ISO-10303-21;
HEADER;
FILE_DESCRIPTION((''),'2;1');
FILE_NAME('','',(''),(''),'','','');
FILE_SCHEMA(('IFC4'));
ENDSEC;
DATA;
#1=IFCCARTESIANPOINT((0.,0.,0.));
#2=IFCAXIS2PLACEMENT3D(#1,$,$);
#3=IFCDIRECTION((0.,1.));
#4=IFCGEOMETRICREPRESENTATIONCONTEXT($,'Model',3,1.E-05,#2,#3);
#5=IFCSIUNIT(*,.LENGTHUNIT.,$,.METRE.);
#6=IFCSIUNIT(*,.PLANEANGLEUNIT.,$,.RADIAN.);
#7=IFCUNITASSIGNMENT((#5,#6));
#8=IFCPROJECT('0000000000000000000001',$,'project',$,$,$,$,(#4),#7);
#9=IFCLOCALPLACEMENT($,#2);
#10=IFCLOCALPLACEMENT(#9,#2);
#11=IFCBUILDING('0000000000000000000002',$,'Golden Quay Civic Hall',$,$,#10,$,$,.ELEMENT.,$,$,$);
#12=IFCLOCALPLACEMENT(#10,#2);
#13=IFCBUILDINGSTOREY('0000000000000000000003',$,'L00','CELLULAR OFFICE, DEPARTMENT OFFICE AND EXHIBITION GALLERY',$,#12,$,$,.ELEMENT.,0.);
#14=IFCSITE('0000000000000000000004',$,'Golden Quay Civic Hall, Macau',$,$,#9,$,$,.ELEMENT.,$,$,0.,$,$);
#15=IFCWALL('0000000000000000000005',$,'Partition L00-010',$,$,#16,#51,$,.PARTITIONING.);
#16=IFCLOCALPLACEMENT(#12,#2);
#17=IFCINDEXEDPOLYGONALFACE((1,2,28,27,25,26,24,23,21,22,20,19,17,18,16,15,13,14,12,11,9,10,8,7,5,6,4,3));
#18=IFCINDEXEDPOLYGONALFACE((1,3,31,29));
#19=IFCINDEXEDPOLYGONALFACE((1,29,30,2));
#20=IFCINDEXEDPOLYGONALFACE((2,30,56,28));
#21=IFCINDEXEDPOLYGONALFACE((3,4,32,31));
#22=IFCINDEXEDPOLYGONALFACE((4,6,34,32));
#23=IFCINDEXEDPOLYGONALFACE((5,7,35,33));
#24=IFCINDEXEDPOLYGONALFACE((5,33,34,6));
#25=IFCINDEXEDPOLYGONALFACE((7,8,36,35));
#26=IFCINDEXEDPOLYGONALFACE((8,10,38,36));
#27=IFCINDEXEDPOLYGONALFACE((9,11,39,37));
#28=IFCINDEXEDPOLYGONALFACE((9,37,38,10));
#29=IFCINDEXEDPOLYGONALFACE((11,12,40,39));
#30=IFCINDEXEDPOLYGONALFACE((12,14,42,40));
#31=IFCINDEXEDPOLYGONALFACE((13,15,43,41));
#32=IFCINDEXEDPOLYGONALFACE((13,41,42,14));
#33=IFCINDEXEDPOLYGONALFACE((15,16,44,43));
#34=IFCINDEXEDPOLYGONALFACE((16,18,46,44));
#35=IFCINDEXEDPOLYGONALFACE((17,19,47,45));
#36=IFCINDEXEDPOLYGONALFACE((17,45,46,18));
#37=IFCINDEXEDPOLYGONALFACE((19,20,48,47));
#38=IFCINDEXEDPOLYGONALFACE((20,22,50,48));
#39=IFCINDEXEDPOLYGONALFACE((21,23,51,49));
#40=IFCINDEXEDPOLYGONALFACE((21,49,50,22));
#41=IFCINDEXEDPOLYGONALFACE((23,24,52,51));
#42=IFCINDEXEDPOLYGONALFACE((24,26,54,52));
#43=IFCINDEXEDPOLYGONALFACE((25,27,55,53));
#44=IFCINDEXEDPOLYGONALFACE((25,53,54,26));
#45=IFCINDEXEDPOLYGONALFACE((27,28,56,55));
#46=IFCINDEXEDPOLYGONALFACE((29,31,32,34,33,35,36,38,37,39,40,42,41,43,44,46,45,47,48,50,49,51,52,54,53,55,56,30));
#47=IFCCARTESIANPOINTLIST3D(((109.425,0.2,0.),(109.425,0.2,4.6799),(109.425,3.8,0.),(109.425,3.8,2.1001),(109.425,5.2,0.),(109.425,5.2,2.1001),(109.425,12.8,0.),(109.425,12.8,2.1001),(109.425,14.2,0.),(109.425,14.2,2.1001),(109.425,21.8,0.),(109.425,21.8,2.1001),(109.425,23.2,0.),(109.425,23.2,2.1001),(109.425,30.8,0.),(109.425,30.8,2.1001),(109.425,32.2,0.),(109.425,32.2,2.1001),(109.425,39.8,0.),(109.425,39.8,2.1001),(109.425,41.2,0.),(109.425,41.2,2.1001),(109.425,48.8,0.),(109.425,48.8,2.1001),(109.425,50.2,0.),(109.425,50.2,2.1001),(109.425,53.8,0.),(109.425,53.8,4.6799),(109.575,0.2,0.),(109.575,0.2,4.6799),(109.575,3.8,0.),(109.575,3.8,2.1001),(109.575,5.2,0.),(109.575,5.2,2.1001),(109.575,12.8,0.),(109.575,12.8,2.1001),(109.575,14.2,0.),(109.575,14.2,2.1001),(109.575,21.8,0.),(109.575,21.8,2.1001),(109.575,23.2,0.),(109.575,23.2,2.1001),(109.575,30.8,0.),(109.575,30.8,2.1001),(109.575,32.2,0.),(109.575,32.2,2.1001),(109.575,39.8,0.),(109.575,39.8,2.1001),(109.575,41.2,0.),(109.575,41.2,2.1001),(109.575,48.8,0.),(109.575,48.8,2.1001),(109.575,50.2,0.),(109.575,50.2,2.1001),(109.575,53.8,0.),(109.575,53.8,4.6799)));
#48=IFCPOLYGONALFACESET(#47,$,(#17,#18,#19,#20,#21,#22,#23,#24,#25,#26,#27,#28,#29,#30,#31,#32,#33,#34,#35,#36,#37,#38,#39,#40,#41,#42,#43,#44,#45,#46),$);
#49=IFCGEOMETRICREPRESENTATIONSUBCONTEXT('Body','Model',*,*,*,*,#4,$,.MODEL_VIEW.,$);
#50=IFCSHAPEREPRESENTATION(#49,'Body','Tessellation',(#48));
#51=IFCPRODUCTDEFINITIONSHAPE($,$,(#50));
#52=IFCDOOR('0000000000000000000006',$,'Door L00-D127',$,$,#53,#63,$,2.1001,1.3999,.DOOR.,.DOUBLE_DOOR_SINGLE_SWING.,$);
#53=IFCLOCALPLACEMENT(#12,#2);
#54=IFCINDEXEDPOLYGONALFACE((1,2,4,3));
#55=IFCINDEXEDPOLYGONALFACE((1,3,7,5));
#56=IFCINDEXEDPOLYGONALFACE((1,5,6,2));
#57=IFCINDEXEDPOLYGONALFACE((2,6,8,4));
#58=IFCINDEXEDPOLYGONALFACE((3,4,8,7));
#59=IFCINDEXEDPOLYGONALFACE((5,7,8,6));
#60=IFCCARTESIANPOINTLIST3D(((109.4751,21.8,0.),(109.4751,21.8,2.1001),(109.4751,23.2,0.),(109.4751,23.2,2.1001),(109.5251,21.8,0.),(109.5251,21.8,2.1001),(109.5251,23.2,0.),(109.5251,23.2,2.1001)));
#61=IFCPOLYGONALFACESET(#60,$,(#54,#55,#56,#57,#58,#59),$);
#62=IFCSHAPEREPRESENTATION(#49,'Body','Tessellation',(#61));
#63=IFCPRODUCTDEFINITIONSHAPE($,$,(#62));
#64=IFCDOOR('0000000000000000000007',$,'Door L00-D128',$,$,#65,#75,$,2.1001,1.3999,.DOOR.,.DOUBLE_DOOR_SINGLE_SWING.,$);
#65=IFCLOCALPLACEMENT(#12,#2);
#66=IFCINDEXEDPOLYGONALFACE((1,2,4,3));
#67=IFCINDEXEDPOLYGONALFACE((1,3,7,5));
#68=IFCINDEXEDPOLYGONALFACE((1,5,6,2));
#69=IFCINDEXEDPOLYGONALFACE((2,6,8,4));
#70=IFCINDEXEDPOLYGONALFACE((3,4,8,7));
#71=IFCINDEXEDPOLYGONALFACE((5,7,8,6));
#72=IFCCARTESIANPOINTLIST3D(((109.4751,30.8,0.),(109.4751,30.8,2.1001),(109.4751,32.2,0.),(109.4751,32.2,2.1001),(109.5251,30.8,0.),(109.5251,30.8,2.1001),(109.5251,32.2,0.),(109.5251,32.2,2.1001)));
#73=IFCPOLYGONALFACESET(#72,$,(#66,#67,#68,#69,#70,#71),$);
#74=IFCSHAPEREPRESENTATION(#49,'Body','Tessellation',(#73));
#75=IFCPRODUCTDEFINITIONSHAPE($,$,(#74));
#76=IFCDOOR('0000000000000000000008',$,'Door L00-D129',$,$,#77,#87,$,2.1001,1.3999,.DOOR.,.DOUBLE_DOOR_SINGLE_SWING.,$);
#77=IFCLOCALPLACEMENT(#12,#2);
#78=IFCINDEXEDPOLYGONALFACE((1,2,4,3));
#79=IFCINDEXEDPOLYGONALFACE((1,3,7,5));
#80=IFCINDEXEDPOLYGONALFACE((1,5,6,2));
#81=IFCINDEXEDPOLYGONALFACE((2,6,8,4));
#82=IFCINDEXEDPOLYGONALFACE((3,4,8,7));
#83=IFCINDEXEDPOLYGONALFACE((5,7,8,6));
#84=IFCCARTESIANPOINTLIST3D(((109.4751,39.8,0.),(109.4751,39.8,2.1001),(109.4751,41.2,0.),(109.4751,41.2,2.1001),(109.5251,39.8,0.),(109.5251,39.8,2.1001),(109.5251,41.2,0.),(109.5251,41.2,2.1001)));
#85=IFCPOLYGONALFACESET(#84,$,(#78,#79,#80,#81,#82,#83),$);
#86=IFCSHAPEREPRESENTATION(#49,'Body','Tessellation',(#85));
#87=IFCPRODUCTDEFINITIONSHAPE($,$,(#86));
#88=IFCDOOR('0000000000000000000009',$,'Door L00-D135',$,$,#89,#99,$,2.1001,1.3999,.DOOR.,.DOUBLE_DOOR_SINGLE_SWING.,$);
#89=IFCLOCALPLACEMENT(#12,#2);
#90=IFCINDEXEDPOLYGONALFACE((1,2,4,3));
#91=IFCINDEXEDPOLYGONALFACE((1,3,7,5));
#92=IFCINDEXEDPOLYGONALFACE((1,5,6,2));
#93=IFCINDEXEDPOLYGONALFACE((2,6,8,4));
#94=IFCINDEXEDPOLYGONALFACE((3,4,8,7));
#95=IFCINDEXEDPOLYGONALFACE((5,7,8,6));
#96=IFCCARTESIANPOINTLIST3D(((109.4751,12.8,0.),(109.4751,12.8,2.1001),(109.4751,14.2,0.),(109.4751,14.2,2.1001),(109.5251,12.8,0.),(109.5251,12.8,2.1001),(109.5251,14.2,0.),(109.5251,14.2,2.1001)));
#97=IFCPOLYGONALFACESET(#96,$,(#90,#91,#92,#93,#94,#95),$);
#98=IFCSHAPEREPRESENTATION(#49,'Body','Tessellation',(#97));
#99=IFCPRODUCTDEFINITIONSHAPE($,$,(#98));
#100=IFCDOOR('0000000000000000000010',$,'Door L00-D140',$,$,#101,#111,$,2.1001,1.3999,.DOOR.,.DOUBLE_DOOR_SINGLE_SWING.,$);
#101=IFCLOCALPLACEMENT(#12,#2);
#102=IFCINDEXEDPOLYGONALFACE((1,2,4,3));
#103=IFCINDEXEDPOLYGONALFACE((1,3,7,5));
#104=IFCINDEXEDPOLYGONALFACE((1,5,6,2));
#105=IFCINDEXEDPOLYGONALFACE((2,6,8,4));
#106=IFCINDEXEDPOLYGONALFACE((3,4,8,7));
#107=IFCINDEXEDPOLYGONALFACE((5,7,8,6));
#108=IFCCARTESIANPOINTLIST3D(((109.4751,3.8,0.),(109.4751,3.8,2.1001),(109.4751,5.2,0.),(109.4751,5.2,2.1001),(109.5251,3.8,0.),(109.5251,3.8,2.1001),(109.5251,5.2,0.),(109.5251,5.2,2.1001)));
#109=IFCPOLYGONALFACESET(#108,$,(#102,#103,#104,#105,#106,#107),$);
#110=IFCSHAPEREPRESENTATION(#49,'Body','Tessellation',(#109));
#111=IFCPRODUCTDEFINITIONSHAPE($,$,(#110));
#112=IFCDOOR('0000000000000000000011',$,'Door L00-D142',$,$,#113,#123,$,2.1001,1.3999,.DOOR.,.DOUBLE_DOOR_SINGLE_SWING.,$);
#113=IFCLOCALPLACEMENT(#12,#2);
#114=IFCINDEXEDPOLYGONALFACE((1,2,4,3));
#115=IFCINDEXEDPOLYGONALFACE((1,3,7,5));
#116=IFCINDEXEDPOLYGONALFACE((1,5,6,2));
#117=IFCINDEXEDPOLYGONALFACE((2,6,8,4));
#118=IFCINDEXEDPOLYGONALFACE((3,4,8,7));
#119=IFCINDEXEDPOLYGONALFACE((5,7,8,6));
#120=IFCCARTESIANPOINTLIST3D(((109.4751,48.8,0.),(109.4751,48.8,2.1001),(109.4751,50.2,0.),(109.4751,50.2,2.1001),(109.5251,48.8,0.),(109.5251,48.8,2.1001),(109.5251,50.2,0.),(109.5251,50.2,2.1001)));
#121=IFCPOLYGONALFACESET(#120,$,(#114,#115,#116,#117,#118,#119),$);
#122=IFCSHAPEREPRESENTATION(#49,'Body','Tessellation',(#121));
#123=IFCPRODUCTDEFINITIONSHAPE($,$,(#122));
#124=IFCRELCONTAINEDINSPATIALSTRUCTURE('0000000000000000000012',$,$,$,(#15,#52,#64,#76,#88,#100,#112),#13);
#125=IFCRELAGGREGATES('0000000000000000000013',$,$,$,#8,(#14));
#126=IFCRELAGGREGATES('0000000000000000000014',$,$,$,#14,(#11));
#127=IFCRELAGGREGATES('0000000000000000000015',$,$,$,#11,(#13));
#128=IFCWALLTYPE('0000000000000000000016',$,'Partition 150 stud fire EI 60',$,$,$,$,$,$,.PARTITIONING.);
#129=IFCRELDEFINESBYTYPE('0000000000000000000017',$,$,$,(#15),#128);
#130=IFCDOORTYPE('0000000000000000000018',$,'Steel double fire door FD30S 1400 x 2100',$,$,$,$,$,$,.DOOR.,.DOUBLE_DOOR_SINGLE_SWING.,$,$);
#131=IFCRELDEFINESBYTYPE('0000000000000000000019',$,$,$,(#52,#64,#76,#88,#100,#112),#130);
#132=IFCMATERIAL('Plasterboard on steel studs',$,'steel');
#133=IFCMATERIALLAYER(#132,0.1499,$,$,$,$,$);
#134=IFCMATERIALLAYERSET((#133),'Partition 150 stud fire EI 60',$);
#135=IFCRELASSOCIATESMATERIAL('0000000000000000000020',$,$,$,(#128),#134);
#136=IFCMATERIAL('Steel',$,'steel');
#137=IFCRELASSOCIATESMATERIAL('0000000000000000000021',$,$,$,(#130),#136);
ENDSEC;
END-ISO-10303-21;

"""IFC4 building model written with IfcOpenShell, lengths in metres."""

from ifc_helpers import new_model, si_unit, direction, frame, frame_2d, origin, place, context, subcontext, project, spatial, rectangle, extrude, material, layer, layer_set, type_object, element, fill, save


model = new_model("IFC4")

# Units and contexts
model_context = context("Model", 3, precision=1e-05, world=origin(), true_north=direction((0.0, 1.0)))
body_context = subcontext(model_context, "Body", "Model", "MODEL_VIEW")
ifc_project = project(units=[si_unit("LENGTHUNIT", "METRE"), si_unit("PLANEANGLEUNIT", "RADIAN")], contexts=[model_context])

# Site, building, storey
site_placement = place(None, origin())
site = spatial("IfcSite", under=ifc_project, at=site_placement, Name="Golden Quay Civic Hall, Macau", CompositionType="ELEMENT", RefElevation=0.0)
building_placement = place(site_placement, origin())
building = spatial("IfcBuilding", under=site, at=building_placement, Name="Golden Quay Civic Hall", CompositionType="ELEMENT")
storey_placement = place(building_placement, origin())
storey = spatial("IfcBuildingStorey", under=building, at=storey_placement, Name="L00", Description="CELLULAR OFFICE, DEPARTMENT OFFICE AND EXHIBITION GALLERY", CompositionType="ELEMENT", Elevation=0.0)

# Wall, openings, doors
ifc_material_1 = material(Name="Plasterboard on steel studs", Category="steel")
ifc_layer_1 = layer(ifc_material_1, 0.1499)
ifc_layer_set_1 = layer_set([ifc_layer_1], Name="Partition 150 stud fire EI 60")
wall_type_1 = type_object("IfcWallType", Name="Partition 150 stud fire EI 60", PredefinedType="PARTITIONING", material=ifc_layer_set_1)
wall_1_placement = place(storey_placement, frame((109.5, 0.2, 0.0), z_axis=(0.0, 0.0, 1.0), x_axis=(0.0, 1.0, 0.0)))
wall_1 = element("IfcWall", 1, at=wall_1_placement, inside=storey, type_object=wall_type_1, Name="Partition L00-010", PredefinedType="PARTITIONING", context=body_context, shape_type="SweptSolid", body=[
    extrude(rectangle(XDim=53.6001, YDim=0.1499, at=frame_2d((26.8, 0.0))), origin(), (0.0, 0.0, 1.0), 4.6799),
])
opening_1_placement = place(wall_1_placement, frame((21.6001, 0.0, 0.0)))
opening_1 = element("IfcOpeningElement", 2, at=opening_1_placement, cuts=wall_1, PredefinedType="OPENING", context=body_context, shape_type="SweptSolid", body=[
    extrude(rectangle(XDim=1.3999, YDim=2.1001, at=frame_2d((0.7, 1.05))), frame((0.0, 0.085, 0.0), z_axis=(0.0, -1.0, 0.0), x_axis=(1.0, 0.0, 0.0)), (0.0, 0.0, 1.0), 0.1699),
])
opening_2_placement = place(wall_1_placement, frame((30.6001, 0.0, 0.0)))
opening_2 = element("IfcOpeningElement", 3, at=opening_2_placement, cuts=wall_1, PredefinedType="OPENING", context=body_context, shape_type="SweptSolid", body=[
    extrude(rectangle(XDim=1.3999, YDim=2.1001, at=frame_2d((0.7, 1.05))), frame((0.0, 0.085, 0.0), z_axis=(0.0, -1.0, 0.0), x_axis=(1.0, 0.0, 0.0)), (0.0, 0.0, 1.0), 0.1699),
])
opening_3_placement = place(wall_1_placement, frame((39.6001, 0.0, 0.0)))
opening_3 = element("IfcOpeningElement", 4, at=opening_3_placement, cuts=wall_1, PredefinedType="OPENING", context=body_context, shape_type="SweptSolid", body=[
    extrude(rectangle(XDim=1.3999, YDim=2.1001, at=frame_2d((0.7, 1.05))), frame((0.0, 0.085, 0.0), z_axis=(0.0, -1.0, 0.0), x_axis=(1.0, 0.0, 0.0)), (0.0, 0.0, 1.0), 0.1699),
])
opening_4_placement = place(wall_1_placement, frame((12.6001, 0.0, 0.0)))
opening_4 = element("IfcOpeningElement", 5, at=opening_4_placement, cuts=wall_1, PredefinedType="OPENING", context=body_context, shape_type="SweptSolid", body=[
    extrude(rectangle(XDim=1.3999, YDim=2.1001, at=frame_2d((0.7, 1.05))), frame((0.0, 0.085, 0.0), z_axis=(0.0, -1.0, 0.0), x_axis=(1.0, 0.0, 0.0)), (0.0, 0.0, 1.0), 0.1699),
])
opening_5_placement = place(wall_1_placement, frame((3.6001, 0.0, 0.0)))
opening_5 = element("IfcOpeningElement", 6, at=opening_5_placement, cuts=wall_1, PredefinedType="OPENING", context=body_context, shape_type="SweptSolid", body=[
    extrude(rectangle(XDim=1.3999, YDim=2.1001, at=frame_2d((0.7, 1.05))), frame((0.0, 0.085, 0.0), z_axis=(0.0, -1.0, 0.0), x_axis=(1.0, 0.0, 0.0)), (0.0, 0.0, 1.0), 0.1699),
])
opening_6_placement = place(wall_1_placement, frame((48.6001, 0.0, 0.0)))
opening_6 = element("IfcOpeningElement", 7, at=opening_6_placement, cuts=wall_1, PredefinedType="OPENING", context=body_context, shape_type="SweptSolid", body=[
    extrude(rectangle(XDim=1.3999, YDim=2.1001, at=frame_2d((0.7, 1.05))), frame((0.0, 0.085, 0.0), z_axis=(0.0, -1.0, 0.0), x_axis=(1.0, 0.0, 0.0)), (0.0, 0.0, 1.0), 0.1699),
])
ifc_material_2 = material(Name="Steel", Category="steel")
door_type_1 = type_object("IfcDoorType", Name="Steel double fire door FD30S 1400 x 2100", OperationType="DOUBLE_DOOR_SINGLE_SWING", PredefinedType="DOOR", material=ifc_material_2)
door_1_placement = place(opening_1_placement, frame((1.3999, 0.0, 0.0), z_axis=(0.0, 0.0, 1.0), x_axis=(-1.0, 0.0, 0.0)))
door_1 = element("IfcDoor", 8, at=door_1_placement, inside=storey, type_object=door_type_1, Name="Door L00-D127", OperationType="DOUBLE_DOOR_SINGLE_SWING", OverallHeight=2.1001, OverallWidth=1.3999, PredefinedType="DOOR", context=body_context, shape_type="SweptSolid", body=[
    extrude(rectangle(XDim=1.3999, YDim=2.1001, at=frame_2d((0.7, 1.05))), frame((0.0, 0.0251, 0.0), z_axis=(0.0, -1.0, 0.0), x_axis=(1.0, 0.0, 0.0)), (0.0, 0.0, 1.0), 0.05),
])
fill(opening_1, door_1)
door_2_placement = place(opening_2_placement, frame((1.3999, 0.0, 0.0), z_axis=(0.0, 0.0, 1.0), x_axis=(-1.0, 0.0, 0.0)))
door_2 = element("IfcDoor", 9, at=door_2_placement, inside=storey, type_object=door_type_1, Name="Door L00-D128", OperationType="DOUBLE_DOOR_SINGLE_SWING", OverallHeight=2.1001, OverallWidth=1.3999, PredefinedType="DOOR", context=body_context, shape_type="SweptSolid", body=[
    extrude(rectangle(XDim=1.3999, YDim=2.1001, at=frame_2d((0.7, 1.05))), frame((0.0, 0.0251, 0.0), z_axis=(0.0, -1.0, 0.0), x_axis=(1.0, 0.0, 0.0)), (0.0, 0.0, 1.0), 0.05),
])
fill(opening_2, door_2)
door_3_placement = place(opening_3_placement, frame((1.3999, 0.0, 0.0), z_axis=(0.0, 0.0, 1.0), x_axis=(-1.0, 0.0, 0.0)))
door_3 = element("IfcDoor", 10, at=door_3_placement, inside=storey, type_object=door_type_1, Name="Door L00-D129", OperationType="DOUBLE_DOOR_SINGLE_SWING", OverallHeight=2.1001, OverallWidth=1.3999, PredefinedType="DOOR", context=body_context, shape_type="SweptSolid", body=[
    extrude(rectangle(XDim=1.3999, YDim=2.1001, at=frame_2d((0.7, 1.05))), frame((0.0, 0.0251, 0.0), z_axis=(0.0, -1.0, 0.0), x_axis=(1.0, 0.0, 0.0)), (0.0, 0.0, 1.0), 0.05),
])
fill(opening_3, door_3)
door_4_placement = place(opening_4_placement, frame((1.3999, 0.0, 0.0), z_axis=(0.0, 0.0, 1.0), x_axis=(-1.0, 0.0, 0.0)))
door_4 = element("IfcDoor", 11, at=door_4_placement, inside=storey, type_object=door_type_1, Name="Door L00-D135", OperationType="DOUBLE_DOOR_SINGLE_SWING", OverallHeight=2.1001, OverallWidth=1.3999, PredefinedType="DOOR", context=body_context, shape_type="SweptSolid", body=[
    extrude(rectangle(XDim=1.3999, YDim=2.1001, at=frame_2d((0.7, 1.05))), frame((0.0, 0.0251, 0.0), z_axis=(0.0, -1.0, 0.0), x_axis=(1.0, 0.0, 0.0)), (0.0, 0.0, 1.0), 0.05),
])
fill(opening_4, door_4)
door_5_placement = place(opening_5_placement, origin())
door_5 = element("IfcDoor", 12, at=door_5_placement, inside=storey, type_object=door_type_1, Name="Door L00-D140", OperationType="DOUBLE_DOOR_SINGLE_SWING", OverallHeight=2.1001, OverallWidth=1.3999, PredefinedType="DOOR", context=body_context, shape_type="SweptSolid", body=[
    extrude(rectangle(XDim=1.3999, YDim=2.1001, at=frame_2d((0.7, 1.05))), frame((0.0, 0.0249, 0.0), z_axis=(0.0, -1.0, 0.0), x_axis=(1.0, 0.0, 0.0)), (0.0, 0.0, 1.0), 0.05),
])
fill(opening_5, door_5)
door_6_placement = place(opening_6_placement, origin())
door_6 = element("IfcDoor", 13, at=door_6_placement, inside=storey, type_object=door_type_1, Name="Door L00-D142", OperationType="DOUBLE_DOOR_SINGLE_SWING", OverallHeight=2.1001, OverallWidth=1.3999, PredefinedType="DOOR", context=body_context, shape_type="SweptSolid", body=[
    extrude(rectangle(XDim=1.3999, YDim=2.1001, at=frame_2d((0.7, 1.05))), frame((0.0, 0.0249, 0.0), z_axis=(0.0, -1.0, 0.0), x_axis=(1.0, 0.0, 0.0)), (0.0, 0.0, 1.0), 0.05),
])
fill(opening_6, door_6)

save(model, "model.ifc")
